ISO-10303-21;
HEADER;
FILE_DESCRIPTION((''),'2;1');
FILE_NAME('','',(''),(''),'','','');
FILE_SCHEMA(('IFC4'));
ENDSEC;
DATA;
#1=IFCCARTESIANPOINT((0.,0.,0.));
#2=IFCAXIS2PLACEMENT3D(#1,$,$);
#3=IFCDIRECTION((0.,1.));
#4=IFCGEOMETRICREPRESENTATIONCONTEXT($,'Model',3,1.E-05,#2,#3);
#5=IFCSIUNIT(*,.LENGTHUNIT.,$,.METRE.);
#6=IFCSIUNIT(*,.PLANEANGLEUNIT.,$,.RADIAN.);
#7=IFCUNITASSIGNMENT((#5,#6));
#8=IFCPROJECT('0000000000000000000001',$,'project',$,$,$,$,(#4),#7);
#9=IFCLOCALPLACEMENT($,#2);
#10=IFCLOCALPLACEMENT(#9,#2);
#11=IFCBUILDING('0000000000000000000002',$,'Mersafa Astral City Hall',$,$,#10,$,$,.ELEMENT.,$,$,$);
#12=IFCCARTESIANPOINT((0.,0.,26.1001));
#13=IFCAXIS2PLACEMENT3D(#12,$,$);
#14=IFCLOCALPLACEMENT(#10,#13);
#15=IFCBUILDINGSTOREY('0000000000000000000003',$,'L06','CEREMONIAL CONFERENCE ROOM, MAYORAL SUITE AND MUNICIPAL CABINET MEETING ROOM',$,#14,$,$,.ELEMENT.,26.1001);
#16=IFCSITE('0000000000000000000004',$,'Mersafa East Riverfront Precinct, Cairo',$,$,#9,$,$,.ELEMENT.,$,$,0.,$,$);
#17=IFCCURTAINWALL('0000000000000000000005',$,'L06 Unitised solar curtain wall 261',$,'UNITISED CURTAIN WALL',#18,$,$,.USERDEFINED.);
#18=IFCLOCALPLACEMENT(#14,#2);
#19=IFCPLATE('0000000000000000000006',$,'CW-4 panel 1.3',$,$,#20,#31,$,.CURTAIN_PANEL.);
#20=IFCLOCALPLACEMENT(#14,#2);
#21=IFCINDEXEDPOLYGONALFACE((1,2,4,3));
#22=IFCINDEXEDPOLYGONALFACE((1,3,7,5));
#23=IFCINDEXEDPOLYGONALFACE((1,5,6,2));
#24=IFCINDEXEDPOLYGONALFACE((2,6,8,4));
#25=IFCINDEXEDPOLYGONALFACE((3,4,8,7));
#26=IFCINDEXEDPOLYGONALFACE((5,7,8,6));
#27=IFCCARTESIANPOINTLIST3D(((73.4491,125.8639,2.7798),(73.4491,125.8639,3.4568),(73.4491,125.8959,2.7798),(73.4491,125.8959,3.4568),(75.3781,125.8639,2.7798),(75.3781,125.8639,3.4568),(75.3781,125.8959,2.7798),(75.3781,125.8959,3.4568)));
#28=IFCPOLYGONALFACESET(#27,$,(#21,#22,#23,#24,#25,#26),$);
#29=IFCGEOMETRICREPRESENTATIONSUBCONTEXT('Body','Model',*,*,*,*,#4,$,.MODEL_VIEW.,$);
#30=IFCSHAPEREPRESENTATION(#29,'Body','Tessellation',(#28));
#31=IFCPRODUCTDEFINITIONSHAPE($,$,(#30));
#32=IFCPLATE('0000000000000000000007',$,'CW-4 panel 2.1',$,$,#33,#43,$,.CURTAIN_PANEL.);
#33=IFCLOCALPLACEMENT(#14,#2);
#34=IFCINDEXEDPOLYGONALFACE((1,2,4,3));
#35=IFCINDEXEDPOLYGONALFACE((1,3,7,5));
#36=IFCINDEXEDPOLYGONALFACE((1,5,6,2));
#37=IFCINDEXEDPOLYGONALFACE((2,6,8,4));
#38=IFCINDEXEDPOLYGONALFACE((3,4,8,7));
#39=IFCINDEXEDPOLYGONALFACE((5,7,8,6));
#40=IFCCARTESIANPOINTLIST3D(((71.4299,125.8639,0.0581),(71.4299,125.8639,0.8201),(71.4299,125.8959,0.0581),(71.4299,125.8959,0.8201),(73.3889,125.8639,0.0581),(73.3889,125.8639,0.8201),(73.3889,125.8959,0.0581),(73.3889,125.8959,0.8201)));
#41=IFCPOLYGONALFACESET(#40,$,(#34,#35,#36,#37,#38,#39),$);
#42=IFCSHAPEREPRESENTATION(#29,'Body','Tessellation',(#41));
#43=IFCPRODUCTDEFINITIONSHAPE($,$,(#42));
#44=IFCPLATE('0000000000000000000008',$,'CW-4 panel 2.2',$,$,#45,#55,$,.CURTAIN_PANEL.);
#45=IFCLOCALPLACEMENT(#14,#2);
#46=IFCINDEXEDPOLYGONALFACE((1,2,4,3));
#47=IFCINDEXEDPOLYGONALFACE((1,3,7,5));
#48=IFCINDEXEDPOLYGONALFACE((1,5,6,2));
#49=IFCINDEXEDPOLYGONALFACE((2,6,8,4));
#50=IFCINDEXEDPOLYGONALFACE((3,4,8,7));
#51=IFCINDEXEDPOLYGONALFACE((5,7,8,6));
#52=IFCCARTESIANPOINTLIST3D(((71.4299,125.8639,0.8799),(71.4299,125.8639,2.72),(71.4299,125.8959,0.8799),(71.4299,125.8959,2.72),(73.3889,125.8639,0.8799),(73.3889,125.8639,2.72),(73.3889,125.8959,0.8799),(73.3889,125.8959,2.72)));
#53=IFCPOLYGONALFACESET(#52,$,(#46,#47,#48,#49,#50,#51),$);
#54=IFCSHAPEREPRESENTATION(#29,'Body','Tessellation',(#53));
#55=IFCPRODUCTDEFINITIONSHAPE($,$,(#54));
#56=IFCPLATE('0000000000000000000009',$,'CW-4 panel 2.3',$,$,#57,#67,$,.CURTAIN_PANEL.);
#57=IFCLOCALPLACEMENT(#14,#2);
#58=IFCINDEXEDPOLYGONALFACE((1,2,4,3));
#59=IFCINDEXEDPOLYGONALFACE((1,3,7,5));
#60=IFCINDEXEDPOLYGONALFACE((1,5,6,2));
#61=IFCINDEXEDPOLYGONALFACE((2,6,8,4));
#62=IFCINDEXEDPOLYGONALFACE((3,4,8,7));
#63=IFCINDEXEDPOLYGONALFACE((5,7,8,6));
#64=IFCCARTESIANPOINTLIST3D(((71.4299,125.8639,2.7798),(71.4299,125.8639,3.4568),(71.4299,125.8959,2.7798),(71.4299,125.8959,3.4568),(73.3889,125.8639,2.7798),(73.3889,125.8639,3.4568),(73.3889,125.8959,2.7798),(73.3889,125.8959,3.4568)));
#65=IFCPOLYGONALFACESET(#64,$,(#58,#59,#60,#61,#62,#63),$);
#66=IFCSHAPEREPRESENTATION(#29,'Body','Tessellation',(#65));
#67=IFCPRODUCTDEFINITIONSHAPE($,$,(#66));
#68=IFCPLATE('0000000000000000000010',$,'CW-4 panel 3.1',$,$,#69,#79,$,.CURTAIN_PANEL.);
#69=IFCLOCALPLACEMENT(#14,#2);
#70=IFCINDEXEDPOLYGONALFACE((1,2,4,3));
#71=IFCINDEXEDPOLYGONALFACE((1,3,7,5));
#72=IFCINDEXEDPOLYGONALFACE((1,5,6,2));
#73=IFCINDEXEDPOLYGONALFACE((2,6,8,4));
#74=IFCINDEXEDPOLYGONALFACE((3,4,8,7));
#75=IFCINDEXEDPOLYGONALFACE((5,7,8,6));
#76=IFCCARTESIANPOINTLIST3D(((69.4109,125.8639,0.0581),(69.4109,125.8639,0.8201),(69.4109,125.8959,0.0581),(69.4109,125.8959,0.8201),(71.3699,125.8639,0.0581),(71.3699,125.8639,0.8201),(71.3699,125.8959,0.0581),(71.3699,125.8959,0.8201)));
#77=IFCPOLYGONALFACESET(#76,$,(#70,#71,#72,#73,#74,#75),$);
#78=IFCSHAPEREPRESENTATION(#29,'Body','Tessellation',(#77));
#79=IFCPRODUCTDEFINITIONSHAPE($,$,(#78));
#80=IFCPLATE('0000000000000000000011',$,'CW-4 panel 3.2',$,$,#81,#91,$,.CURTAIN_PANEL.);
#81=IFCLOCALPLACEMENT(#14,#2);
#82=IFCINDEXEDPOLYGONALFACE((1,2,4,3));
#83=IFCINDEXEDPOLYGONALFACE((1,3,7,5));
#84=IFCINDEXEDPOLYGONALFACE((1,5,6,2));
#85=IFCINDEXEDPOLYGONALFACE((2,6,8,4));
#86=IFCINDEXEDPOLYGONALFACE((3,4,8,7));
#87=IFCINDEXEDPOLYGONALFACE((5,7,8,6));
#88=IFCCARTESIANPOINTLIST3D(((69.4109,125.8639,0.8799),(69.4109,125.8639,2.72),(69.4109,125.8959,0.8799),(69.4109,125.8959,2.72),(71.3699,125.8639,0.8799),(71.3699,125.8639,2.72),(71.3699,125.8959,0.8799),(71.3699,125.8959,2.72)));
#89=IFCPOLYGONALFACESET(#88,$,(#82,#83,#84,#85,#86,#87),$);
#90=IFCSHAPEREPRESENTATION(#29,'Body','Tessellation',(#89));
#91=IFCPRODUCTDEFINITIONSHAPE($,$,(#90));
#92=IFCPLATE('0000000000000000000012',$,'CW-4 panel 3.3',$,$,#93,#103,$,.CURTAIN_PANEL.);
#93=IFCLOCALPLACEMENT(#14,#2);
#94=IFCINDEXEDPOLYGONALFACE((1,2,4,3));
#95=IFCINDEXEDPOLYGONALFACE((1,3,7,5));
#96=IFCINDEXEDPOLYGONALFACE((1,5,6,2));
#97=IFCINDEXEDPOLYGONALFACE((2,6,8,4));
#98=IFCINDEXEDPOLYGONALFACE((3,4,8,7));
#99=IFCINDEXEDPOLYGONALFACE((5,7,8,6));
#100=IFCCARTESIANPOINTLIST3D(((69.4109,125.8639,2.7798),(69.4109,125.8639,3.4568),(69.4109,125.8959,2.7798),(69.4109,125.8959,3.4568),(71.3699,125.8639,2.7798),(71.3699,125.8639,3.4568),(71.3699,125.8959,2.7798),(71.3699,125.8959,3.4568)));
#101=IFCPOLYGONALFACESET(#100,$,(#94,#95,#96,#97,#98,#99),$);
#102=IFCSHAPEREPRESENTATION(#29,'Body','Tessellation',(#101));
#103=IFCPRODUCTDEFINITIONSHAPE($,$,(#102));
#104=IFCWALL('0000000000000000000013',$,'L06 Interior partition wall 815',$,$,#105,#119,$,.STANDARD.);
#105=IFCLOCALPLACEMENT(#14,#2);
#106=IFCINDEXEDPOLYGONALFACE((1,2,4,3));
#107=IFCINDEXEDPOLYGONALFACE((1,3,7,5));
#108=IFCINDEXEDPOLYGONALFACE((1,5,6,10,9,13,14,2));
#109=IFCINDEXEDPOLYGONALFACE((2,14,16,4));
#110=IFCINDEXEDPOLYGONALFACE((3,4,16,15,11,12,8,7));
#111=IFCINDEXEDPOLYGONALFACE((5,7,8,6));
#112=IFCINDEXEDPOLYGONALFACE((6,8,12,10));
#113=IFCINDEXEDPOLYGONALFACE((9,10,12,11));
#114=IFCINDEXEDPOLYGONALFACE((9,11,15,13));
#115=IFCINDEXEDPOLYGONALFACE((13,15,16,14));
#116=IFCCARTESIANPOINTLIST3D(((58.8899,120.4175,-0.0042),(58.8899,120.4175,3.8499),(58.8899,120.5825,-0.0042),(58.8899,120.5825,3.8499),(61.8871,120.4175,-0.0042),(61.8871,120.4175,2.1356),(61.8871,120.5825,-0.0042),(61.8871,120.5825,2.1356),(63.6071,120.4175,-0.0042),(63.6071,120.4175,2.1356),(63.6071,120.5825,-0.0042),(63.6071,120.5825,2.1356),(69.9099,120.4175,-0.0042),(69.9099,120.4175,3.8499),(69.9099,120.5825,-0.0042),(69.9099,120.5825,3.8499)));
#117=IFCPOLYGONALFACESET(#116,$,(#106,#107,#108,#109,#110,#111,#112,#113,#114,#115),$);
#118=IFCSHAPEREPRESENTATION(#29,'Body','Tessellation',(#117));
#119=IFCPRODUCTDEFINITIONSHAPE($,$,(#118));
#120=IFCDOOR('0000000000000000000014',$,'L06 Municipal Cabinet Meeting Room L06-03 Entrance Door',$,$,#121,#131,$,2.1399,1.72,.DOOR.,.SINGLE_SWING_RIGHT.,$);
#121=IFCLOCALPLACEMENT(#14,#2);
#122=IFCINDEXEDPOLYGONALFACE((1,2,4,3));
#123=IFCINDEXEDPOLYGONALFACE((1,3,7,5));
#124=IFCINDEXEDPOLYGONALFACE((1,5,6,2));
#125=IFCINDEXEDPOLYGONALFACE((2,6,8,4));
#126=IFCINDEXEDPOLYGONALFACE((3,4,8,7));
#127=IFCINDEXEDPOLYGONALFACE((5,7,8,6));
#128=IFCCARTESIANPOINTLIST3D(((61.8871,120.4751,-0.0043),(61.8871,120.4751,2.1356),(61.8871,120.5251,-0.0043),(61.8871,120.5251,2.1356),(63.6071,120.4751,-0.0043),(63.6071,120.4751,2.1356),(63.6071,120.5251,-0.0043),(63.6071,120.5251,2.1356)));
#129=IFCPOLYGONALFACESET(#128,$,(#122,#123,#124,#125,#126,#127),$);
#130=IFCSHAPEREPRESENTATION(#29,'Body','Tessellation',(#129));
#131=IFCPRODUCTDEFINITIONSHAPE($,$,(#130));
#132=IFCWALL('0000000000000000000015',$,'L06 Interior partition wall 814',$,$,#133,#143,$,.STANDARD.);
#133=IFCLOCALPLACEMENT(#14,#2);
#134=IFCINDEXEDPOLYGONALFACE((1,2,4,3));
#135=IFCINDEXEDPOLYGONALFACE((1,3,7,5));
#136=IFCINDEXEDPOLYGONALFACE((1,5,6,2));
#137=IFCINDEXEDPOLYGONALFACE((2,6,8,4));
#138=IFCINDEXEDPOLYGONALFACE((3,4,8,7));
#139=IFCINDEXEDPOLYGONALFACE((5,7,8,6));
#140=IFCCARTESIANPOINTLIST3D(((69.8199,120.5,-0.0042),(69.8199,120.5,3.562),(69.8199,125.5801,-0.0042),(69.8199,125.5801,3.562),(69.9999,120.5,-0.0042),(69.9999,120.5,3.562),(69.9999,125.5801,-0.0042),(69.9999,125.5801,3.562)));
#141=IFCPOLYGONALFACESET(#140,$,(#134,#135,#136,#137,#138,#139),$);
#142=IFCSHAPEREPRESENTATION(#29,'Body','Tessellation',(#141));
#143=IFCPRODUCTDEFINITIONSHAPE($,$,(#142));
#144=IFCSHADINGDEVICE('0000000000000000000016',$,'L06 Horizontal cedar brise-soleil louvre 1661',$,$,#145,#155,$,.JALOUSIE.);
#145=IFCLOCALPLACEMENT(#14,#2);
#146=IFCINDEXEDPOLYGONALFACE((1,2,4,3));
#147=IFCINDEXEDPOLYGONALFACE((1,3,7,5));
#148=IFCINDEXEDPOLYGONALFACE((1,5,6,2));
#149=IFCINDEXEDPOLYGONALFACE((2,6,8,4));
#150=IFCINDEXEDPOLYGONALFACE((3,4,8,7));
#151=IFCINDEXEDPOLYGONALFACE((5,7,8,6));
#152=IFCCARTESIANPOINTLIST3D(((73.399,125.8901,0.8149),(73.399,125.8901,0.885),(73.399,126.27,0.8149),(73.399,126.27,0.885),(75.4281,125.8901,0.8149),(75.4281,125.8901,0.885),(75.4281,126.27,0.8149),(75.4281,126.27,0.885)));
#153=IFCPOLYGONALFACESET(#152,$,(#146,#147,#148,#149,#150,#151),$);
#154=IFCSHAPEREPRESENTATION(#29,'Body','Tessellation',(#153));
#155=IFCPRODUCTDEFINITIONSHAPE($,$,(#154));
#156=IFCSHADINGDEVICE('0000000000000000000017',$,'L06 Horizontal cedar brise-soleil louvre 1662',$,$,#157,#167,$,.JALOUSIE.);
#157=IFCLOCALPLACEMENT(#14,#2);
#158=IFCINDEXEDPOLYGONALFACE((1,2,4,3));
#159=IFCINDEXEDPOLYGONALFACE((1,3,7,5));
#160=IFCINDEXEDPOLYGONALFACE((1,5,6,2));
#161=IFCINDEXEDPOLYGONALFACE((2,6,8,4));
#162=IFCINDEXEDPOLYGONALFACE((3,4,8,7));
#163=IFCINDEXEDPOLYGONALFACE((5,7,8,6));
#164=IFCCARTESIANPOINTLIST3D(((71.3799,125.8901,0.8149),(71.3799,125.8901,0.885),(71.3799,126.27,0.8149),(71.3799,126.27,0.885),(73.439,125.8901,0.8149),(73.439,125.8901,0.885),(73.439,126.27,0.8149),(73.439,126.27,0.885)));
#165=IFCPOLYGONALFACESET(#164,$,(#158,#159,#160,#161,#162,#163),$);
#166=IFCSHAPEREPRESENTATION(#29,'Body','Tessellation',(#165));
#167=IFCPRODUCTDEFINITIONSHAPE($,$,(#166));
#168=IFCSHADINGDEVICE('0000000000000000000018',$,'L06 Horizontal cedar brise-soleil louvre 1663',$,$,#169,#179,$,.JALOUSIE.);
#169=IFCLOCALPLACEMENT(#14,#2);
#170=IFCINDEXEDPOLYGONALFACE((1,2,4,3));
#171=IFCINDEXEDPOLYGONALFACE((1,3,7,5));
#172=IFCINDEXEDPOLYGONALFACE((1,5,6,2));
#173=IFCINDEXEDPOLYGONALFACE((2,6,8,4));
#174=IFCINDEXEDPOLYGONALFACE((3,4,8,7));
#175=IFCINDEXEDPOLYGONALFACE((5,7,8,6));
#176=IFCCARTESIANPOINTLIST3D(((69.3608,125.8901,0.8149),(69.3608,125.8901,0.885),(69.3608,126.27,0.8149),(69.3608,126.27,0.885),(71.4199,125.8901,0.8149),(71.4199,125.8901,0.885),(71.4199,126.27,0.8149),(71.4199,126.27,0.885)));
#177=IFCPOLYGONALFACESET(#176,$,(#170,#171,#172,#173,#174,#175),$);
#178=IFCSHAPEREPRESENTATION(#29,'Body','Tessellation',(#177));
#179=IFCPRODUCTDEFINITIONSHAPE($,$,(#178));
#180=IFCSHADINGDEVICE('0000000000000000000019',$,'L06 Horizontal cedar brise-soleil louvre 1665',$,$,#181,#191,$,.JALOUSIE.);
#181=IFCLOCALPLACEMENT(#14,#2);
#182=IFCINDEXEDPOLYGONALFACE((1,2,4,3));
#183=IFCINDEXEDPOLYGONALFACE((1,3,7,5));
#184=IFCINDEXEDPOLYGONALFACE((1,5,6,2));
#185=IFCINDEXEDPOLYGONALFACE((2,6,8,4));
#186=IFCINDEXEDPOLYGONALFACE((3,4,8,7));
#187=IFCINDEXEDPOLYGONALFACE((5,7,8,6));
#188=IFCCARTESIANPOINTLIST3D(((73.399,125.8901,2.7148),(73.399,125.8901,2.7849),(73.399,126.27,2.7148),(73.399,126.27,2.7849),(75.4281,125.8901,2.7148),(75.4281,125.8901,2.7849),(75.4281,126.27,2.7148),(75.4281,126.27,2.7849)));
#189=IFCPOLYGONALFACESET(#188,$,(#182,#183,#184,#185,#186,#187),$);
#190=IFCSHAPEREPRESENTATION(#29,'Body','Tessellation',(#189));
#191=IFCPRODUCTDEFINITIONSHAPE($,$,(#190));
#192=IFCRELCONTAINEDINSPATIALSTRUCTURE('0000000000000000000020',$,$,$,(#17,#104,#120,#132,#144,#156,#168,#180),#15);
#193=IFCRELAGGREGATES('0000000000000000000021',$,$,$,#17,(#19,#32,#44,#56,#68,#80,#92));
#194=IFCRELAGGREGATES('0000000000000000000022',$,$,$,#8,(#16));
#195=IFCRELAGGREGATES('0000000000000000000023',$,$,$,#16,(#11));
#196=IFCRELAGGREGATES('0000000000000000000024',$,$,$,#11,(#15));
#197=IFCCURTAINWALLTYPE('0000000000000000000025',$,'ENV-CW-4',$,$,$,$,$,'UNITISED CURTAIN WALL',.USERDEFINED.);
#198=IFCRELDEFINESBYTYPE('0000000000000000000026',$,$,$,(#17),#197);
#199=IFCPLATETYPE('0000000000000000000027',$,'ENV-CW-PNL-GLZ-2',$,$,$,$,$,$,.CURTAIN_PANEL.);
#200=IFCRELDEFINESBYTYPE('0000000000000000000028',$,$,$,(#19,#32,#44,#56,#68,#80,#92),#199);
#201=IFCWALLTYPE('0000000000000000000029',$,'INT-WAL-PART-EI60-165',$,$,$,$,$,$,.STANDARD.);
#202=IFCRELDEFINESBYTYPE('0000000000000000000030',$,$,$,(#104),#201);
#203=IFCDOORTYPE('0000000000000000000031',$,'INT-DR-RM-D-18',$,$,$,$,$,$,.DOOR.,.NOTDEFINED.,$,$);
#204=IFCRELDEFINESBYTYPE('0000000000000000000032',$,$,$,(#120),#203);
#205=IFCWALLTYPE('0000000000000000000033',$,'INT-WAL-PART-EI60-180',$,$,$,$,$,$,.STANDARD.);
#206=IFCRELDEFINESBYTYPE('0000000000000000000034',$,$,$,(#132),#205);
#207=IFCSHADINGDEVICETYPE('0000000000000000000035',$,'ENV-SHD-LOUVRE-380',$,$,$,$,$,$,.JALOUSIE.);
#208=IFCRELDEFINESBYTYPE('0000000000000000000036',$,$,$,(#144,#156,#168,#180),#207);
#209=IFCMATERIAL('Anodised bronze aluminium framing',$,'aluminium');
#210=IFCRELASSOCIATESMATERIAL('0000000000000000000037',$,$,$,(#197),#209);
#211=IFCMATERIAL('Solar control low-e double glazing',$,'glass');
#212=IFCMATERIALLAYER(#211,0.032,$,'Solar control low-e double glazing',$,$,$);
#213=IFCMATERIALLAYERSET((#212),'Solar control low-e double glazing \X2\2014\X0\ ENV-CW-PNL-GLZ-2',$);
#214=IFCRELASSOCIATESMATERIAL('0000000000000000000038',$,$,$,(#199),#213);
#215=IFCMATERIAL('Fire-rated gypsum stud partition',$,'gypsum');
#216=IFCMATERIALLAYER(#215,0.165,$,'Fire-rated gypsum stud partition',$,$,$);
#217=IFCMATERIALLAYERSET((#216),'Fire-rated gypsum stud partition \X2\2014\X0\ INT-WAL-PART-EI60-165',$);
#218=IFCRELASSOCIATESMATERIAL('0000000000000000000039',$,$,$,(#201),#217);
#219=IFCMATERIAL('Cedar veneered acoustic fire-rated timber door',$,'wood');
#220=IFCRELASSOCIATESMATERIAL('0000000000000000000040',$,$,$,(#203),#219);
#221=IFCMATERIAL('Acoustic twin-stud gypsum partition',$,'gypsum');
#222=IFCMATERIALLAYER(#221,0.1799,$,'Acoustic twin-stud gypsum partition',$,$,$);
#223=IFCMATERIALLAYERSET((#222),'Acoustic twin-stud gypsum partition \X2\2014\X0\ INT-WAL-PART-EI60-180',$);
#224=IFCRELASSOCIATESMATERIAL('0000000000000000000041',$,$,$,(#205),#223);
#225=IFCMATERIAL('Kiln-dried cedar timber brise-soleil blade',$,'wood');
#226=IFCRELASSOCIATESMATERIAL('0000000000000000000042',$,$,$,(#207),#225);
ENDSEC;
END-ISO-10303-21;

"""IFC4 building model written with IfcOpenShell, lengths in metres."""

from ifc_helpers import new_model, si_unit, direction, frame, frame_2d, origin, origin_2d, place, context, subcontext, project, spatial, rectangle, extrude, material, layer, layer_set, type_object, element, fill, aggregate, save


model = new_model("IFC4")

# Units and contexts
model_context = context("Model", 3, precision=1e-05, world=origin(), true_north=direction((0.0, 1.0)))
body_context = subcontext(model_context, "Body", "Model", "MODEL_VIEW")
ifc_project = project(units=[si_unit("LENGTHUNIT", "METRE"), si_unit("PLANEANGLEUNIT", "RADIAN")], contexts=[model_context])

# Site, building, storey
site_placement = place(None, origin())
site = spatial("IfcSite", under=ifc_project, at=site_placement, Name="Mersafa East Riverfront Precinct, Cairo", CompositionType="ELEMENT", RefElevation=0.0)
building_placement = place(site_placement, origin())
building = spatial("IfcBuilding", under=site, at=building_placement, Name="Mersafa Astral City Hall", CompositionType="ELEMENT")
storey_placement = place(building_placement, frame((0.0, 0.0, 26.1001)))
storey = spatial("IfcBuildingStorey", under=building, at=storey_placement, Name="L06", Description="CEREMONIAL CONFERENCE ROOM, MAYORAL SUITE AND MUNICIPAL CABINET MEETING ROOM", CompositionType="ELEMENT", Elevation=26.1001)

# Curtain wall, plates
ifc_material_1 = material(Name="Anodised bronze aluminium framing", Category="aluminium")
curtain_wall_type = type_object("IfcCurtainWallType", Name="ENV-CW-4", ElementType="UNITISED CURTAIN WALL", PredefinedType="USERDEFINED", material=ifc_material_1)
curtain_wall_placement = place(storey_placement, origin())
curtain_wall = element("IfcCurtainWall", 1, at=curtain_wall_placement, inside=storey, type_object=curtain_wall_type, Name="L06 Unitised solar curtain wall 261", ObjectType="UNITISED CURTAIN WALL", PredefinedType="USERDEFINED")
ifc_material_2 = material(Name="Solar control low-e double glazing", Category="glass")
ifc_layer_1 = layer(ifc_material_2, 0.032, Name="Solar control low-e double glazing")
ifc_layer_set_1 = layer_set([ifc_layer_1], Name="Solar control low-e double glazing — ENV-CW-PNL-GLZ-2")
plate_type = type_object("IfcPlateType", Name="ENV-CW-PNL-GLZ-2", PredefinedType="CURTAIN_PANEL", material=ifc_layer_set_1)
plate_1_placement = place(storey_placement, frame((74.4136, 125.8799, 2.7798), z_axis=(0.0, 0.0, 1.0), x_axis=(-1.0, 0.0, 0.0)))
plate_1 = element("IfcPlate", 2, at=plate_1_placement, type_object=plate_type, Name="CW-4 panel 1.3", PredefinedType="CURTAIN_PANEL", context=body_context, shape_type="SweptSolid", body=[
    extrude(rectangle(XDim=1.929, YDim=0.032, at=origin_2d()), origin(), (0.0, 0.0, 1.0), 0.677),
])
plate_2_placement = place(storey_placement, frame((72.4094, 125.8799, 0.0581), z_axis=(0.0, 0.0, 1.0), x_axis=(-1.0, 0.0, 0.0)))
plate_2 = element("IfcPlate", 3, at=plate_2_placement, type_object=plate_type, Name="CW-4 panel 2.1", PredefinedType="CURTAIN_PANEL", context=body_context, shape_type="SweptSolid", body=[
    extrude(rectangle(XDim=1.959, YDim=0.032, at=origin_2d()), origin(), (0.0, 0.0, 1.0), 0.762),
])
plate_3_placement = place(storey_placement, frame((72.4094, 125.8799, 0.8799), z_axis=(0.0, 0.0, 1.0), x_axis=(-1.0, 0.0, 0.0)))
plate_3 = element("IfcPlate", 4, at=plate_3_placement, type_object=plate_type, Name="CW-4 panel 2.2", PredefinedType="CURTAIN_PANEL", context=body_context, shape_type="SweptSolid", body=[
    extrude(rectangle(XDim=1.959, YDim=0.032, at=origin_2d()), origin(), (0.0, 0.0, 1.0), 1.8401),
])
plate_4_placement = place(storey_placement, frame((72.4094, 125.8799, 2.7798), z_axis=(0.0, 0.0, 1.0), x_axis=(-1.0, 0.0, 0.0)))
plate_4 = element("IfcPlate", 5, at=plate_4_placement, type_object=plate_type, Name="CW-4 panel 2.3", PredefinedType="CURTAIN_PANEL", context=body_context, shape_type="SweptSolid", body=[
    extrude(rectangle(XDim=1.959, YDim=0.032, at=origin_2d()), origin(), (0.0, 0.0, 1.0), 0.677),
])
plate_5_placement = place(storey_placement, frame((70.3904, 125.8799, 0.0581), z_axis=(0.0, 0.0, 1.0), x_axis=(-1.0, 0.0, 0.0)))
plate_5 = element("IfcPlate", 6, at=plate_5_placement, type_object=plate_type, Name="CW-4 panel 3.1", PredefinedType="CURTAIN_PANEL", context=body_context, shape_type="SweptSolid", body=[
    extrude(rectangle(XDim=1.959, YDim=0.032, at=origin_2d()), origin(), (0.0, 0.0, 1.0), 0.762),
])
plate_6_placement = place(storey_placement, frame((70.3904, 125.8799, 0.8799), z_axis=(0.0, 0.0, 1.0), x_axis=(-1.0, 0.0, 0.0)))
plate_6 = element("IfcPlate", 7, at=plate_6_placement, type_object=plate_type, Name="CW-4 panel 3.2", PredefinedType="CURTAIN_PANEL", context=body_context, shape_type="SweptSolid", body=[
    extrude(rectangle(XDim=1.959, YDim=0.032, at=origin_2d()), origin(), (0.0, 0.0, 1.0), 1.8401),
])
plate_7_placement = place(storey_placement, frame((70.3904, 125.8799, 2.7798), z_axis=(0.0, 0.0, 1.0), x_axis=(-1.0, 0.0, 0.0)))
plate_7 = element("IfcPlate", 8, at=plate_7_placement, type_object=plate_type, Name="CW-4 panel 3.3", PredefinedType="CURTAIN_PANEL", context=body_context, shape_type="SweptSolid", body=[
    extrude(rectangle(XDim=1.959, YDim=0.032, at=origin_2d()), origin(), (0.0, 0.0, 1.0), 0.677),
])
aggregate(curtain_wall, [plate_1, plate_2, plate_3, plate_4, plate_5, plate_6, plate_7])

# Wall, opening, door
ifc_material_3 = material(Name="Fire-rated gypsum stud partition", Category="gypsum")
ifc_layer_2 = layer(ifc_material_3, 0.165, Name="Fire-rated gypsum stud partition")
ifc_layer_set_2 = layer_set([ifc_layer_2], Name="Fire-rated gypsum stud partition — INT-WAL-PART-EI60-165")
wall_type_1 = type_object("IfcWallType", Name="INT-WAL-PART-EI60-165", PredefinedType="STANDARD", material=ifc_layer_set_2)
wall_1_placement = place(storey_placement, frame((69.9099, 120.5, -0.0042), z_axis=(0.0, 0.0, 1.0), x_axis=(-1.0, 0.0, 0.0)))
wall_1 = element("IfcWall", 9, at=wall_1_placement, inside=storey, type_object=wall_type_1, Name="L06 Interior partition wall 815", PredefinedType="STANDARD", context=body_context, shape_type="SweptSolid", body=[
    extrude(rectangle(XDim=11.02, YDim=0.165, at=frame_2d((5.51, 0.0))), origin(), (0.0, 0.0, 1.0), 3.854),
])
opening_placement = place(wall_1_placement, frame((6.303, 0.0, 0.0)))
opening = element("IfcOpeningElement", 10, at=opening_placement, cuts=wall_1, PredefinedType="OPENING", context=body_context, shape_type="SweptSolid", body=[
    extrude(rectangle(XDim=1.72, YDim=2.1399, at=frame_2d((0.8599, 1.0698))), frame((0.0, 0.0925, 0.0), z_axis=(0.0, -1.0, 0.0), x_axis=(1.0, 0.0, 0.0)), (0.0, 0.0, 1.0), 0.1851),
])
ifc_material_4 = material(Name="Cedar veneered acoustic fire-rated timber door", Category="wood")
door_type = type_object("IfcDoorType", Name="INT-DR-RM-D-18", OperationType="NOTDEFINED", PredefinedType="DOOR", material=ifc_material_4)
door_placement = place(opening_placement, origin())
door = element("IfcDoor", 11, at=door_placement, inside=storey, type_object=door_type, Name="L06 Municipal Cabinet Meeting Room L06-03 Entrance Door", OperationType="SINGLE_SWING_RIGHT", OverallHeight=2.1399, OverallWidth=1.72, PredefinedType="DOOR", context=body_context, shape_type="SweptSolid", body=[
    extrude(rectangle(XDim=1.72, YDim=2.1399, at=frame_2d((0.8599, 1.0698))), frame((0.0, 0.0249, 0.0), z_axis=(0.0, -1.0, 0.0), x_axis=(1.0, 0.0, 0.0)), (0.0, 0.0, 1.0), 0.05),
])
fill(opening, door)

# Wall
ifc_material_5 = material(Name="Acoustic twin-stud gypsum partition", Category="gypsum")
ifc_layer_3 = layer(ifc_material_5, 0.1799, Name="Acoustic twin-stud gypsum partition")
ifc_layer_set_3 = layer_set([ifc_layer_3], Name="Acoustic twin-stud gypsum partition — INT-WAL-PART-EI60-180")
wall_type_2 = type_object("IfcWallType", Name="INT-WAL-PART-EI60-180", PredefinedType="STANDARD", material=ifc_layer_set_3)
wall_2_placement = place(storey_placement, frame((69.9099, 125.5801, -0.0042), z_axis=(0.0, 0.0, 1.0), x_axis=(0.0, -1.0, 0.0)))
element("IfcWall", 12, at=wall_2_placement, inside=storey, type_object=wall_type_2, Name="L06 Interior partition wall 814", PredefinedType="STANDARD", context=body_context, shape_type="SweptSolid", body=[
    extrude(rectangle(XDim=5.0801, YDim=0.1799, at=frame_2d((2.54, 0.0))), origin(), (0.0, 0.0, 1.0), 3.5662),
])

# Shading devices
ifc_material_6 = material(Name="Kiln-dried cedar timber brise-soleil blade", Category="wood")
shading_device_type = type_object("IfcShadingDeviceType", Name="ENV-SHD-LOUVRE-380", PredefinedType="JALOUSIE", material=ifc_material_6)
shading_device_1_placement = place(storey_placement, frame((74.4136, 126.0801, 0.8149), z_axis=(0.0, 0.0, 1.0), x_axis=(-1.0, 0.0, 0.0)))
element("IfcShadingDevice", 13, at=shading_device_1_placement, inside=storey, type_object=shading_device_type, Name="L06 Horizontal cedar brise-soleil louvre 1661", PredefinedType="JALOUSIE", context=body_context, shape_type="SweptSolid", body=[
    extrude(rectangle(XDim=2.0291, YDim=0.3799, at=origin_2d()), origin(), (0.0, 0.0, 1.0), 0.0701),
])
for number, where, z_axis, x_axis, name in (
    (14, (72.4094, 126.0801, 0.8149), (0.0, 0.0, 1.0), (-1.0, 0.0, 0.0), "L06 Horizontal cedar brise-soleil louvre 1662"),
    (15, (70.3904, 126.0801, 0.8149), (0.0, 0.0, 1.0), (-1.0, 0.0, 0.0), "L06 Horizontal cedar brise-soleil louvre 1663"),
):
    element("IfcShadingDevice", number, at=place(storey_placement, frame(where, z_axis=z_axis, x_axis=x_axis)), inside=storey, type_object=shading_device_type, Name=name, PredefinedType="JALOUSIE", context=body_context, shape_type="SweptSolid", body=[
        extrude(rectangle(XDim=2.0591, YDim=0.3799, at=origin_2d()), origin(), (0.0, 0.0, 1.0), 0.0701),
    ])
shading_device_2_placement = place(storey_placement, frame((74.4136, 126.0801, 2.7148), z_axis=(0.0, 0.0, 1.0), x_axis=(-1.0, 0.0, 0.0)))
element("IfcShadingDevice", 16, at=shading_device_2_placement, inside=storey, type_object=shading_device_type, Name="L06 Horizontal cedar brise-soleil louvre 1665", PredefinedType="JALOUSIE", context=body_context, shape_type="SweptSolid", body=[
    extrude(rectangle(XDim=2.0291, YDim=0.3799, at=origin_2d()), origin(), (0.0, 0.0, 1.0), 0.0701),
])

save(model, "model.ifc")
